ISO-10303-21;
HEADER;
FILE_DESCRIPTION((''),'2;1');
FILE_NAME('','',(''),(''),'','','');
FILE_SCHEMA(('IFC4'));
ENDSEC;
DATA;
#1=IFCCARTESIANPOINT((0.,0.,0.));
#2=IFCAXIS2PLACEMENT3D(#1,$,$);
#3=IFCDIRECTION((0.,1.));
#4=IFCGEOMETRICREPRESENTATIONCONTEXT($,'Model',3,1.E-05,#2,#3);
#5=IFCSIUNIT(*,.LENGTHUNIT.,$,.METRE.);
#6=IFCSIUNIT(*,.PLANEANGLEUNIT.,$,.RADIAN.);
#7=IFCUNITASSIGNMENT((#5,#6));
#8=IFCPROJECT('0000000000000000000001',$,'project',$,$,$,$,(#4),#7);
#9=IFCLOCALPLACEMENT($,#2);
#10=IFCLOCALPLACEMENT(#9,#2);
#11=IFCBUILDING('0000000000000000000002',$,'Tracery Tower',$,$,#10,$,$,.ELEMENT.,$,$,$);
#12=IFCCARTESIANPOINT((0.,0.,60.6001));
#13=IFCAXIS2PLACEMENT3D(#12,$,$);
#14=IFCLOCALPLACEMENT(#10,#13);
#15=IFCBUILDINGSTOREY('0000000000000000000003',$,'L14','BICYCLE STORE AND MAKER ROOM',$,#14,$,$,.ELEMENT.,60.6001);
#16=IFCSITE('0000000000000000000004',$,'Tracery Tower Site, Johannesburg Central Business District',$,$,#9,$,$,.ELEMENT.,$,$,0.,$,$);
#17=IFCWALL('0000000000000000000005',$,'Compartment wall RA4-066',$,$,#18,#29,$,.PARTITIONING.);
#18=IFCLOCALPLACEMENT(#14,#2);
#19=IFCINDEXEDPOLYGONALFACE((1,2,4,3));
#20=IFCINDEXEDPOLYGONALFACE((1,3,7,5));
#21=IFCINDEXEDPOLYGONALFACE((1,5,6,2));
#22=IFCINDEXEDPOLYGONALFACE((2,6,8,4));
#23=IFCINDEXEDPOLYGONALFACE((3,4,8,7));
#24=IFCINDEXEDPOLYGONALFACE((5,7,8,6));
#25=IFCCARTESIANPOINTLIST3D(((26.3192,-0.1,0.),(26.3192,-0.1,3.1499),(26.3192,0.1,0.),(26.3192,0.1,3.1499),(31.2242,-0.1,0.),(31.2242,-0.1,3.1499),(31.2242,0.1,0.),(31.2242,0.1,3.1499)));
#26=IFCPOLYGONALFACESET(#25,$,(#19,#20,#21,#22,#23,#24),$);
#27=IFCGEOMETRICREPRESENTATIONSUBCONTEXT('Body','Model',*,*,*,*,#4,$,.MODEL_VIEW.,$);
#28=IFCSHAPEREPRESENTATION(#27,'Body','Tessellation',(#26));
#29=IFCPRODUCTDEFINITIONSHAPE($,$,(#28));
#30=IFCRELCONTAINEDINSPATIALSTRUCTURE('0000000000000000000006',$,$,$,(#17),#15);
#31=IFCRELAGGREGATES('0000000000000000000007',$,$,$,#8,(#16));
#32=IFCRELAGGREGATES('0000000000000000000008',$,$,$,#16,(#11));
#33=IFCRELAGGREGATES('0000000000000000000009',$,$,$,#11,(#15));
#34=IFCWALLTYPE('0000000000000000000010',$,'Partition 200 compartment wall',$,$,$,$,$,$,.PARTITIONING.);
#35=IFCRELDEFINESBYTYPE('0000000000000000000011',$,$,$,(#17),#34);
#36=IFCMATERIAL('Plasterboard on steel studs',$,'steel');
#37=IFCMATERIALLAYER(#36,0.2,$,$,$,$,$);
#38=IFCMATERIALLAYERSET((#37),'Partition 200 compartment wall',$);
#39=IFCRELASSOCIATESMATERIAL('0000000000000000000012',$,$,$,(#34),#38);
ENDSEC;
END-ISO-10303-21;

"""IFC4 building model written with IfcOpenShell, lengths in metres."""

from ifc_helpers import new_model, si_unit, direction, frame, frame_2d, origin, place, context, subcontext, project, spatial, rectangle, extrude, material, layer, layer_set, type_object, element, save


model = new_model("IFC4")

# Units and contexts
model_context = context("Model", 3, precision=1e-05, world=origin(), true_north=direction((0.0, 1.0)))
body_context = subcontext(model_context, "Body", "Model", "MODEL_VIEW")
ifc_project = project(units=[si_unit("LENGTHUNIT", "METRE"), si_unit("PLANEANGLEUNIT", "RADIAN")], contexts=[model_context])

# Site, building, storey
site_placement = place(None, origin())
site = spatial("IfcSite", under=ifc_project, at=site_placement, Name="Tracery Tower Site, Johannesburg Central Business District", CompositionType="ELEMENT", RefElevation=0.0)
building_placement = place(site_placement, origin())
building = spatial("IfcBuilding", under=site, at=building_placement, Name="Tracery Tower", CompositionType="ELEMENT")
storey_placement = place(building_placement, frame((0.0, 0.0, 60.6001)))
storey = spatial("IfcBuildingStorey", under=building, at=storey_placement, Name="L14", Description="BICYCLE STORE AND MAKER ROOM", CompositionType="ELEMENT", Elevation=60.6001)

# Wall
ifc_material_1 = material(Name="Plasterboard on steel studs", Category="steel")
ifc_layer_1 = layer(ifc_material_1, 0.2)
ifc_layer_set_1 = layer_set([ifc_layer_1], Name="Partition 200 compartment wall")
wall_type_1 = type_object("IfcWallType", Name="Partition 200 compartment wall", PredefinedType="PARTITIONING", material=ifc_layer_set_1)
wall_1_placement = place(storey_placement, frame((26.3191, 0.0, 0.0), z_axis=(0.0, 0.0, 1.0), x_axis=(1.0, 0.0, 0.0)))
element("IfcWall", 1, at=wall_1_placement, inside=storey, type_object=wall_type_1, Name="Compartment wall RA4-066", PredefinedType="PARTITIONING", context=body_context, shape_type="SweptSolid", body=[
    extrude(rectangle(XDim=4.905, YDim=0.2, at=frame_2d((2.4526, 0.0))), origin(), (0.0, 0.0, 1.0), 3.1499),
])

save(model, "model.ifc")
